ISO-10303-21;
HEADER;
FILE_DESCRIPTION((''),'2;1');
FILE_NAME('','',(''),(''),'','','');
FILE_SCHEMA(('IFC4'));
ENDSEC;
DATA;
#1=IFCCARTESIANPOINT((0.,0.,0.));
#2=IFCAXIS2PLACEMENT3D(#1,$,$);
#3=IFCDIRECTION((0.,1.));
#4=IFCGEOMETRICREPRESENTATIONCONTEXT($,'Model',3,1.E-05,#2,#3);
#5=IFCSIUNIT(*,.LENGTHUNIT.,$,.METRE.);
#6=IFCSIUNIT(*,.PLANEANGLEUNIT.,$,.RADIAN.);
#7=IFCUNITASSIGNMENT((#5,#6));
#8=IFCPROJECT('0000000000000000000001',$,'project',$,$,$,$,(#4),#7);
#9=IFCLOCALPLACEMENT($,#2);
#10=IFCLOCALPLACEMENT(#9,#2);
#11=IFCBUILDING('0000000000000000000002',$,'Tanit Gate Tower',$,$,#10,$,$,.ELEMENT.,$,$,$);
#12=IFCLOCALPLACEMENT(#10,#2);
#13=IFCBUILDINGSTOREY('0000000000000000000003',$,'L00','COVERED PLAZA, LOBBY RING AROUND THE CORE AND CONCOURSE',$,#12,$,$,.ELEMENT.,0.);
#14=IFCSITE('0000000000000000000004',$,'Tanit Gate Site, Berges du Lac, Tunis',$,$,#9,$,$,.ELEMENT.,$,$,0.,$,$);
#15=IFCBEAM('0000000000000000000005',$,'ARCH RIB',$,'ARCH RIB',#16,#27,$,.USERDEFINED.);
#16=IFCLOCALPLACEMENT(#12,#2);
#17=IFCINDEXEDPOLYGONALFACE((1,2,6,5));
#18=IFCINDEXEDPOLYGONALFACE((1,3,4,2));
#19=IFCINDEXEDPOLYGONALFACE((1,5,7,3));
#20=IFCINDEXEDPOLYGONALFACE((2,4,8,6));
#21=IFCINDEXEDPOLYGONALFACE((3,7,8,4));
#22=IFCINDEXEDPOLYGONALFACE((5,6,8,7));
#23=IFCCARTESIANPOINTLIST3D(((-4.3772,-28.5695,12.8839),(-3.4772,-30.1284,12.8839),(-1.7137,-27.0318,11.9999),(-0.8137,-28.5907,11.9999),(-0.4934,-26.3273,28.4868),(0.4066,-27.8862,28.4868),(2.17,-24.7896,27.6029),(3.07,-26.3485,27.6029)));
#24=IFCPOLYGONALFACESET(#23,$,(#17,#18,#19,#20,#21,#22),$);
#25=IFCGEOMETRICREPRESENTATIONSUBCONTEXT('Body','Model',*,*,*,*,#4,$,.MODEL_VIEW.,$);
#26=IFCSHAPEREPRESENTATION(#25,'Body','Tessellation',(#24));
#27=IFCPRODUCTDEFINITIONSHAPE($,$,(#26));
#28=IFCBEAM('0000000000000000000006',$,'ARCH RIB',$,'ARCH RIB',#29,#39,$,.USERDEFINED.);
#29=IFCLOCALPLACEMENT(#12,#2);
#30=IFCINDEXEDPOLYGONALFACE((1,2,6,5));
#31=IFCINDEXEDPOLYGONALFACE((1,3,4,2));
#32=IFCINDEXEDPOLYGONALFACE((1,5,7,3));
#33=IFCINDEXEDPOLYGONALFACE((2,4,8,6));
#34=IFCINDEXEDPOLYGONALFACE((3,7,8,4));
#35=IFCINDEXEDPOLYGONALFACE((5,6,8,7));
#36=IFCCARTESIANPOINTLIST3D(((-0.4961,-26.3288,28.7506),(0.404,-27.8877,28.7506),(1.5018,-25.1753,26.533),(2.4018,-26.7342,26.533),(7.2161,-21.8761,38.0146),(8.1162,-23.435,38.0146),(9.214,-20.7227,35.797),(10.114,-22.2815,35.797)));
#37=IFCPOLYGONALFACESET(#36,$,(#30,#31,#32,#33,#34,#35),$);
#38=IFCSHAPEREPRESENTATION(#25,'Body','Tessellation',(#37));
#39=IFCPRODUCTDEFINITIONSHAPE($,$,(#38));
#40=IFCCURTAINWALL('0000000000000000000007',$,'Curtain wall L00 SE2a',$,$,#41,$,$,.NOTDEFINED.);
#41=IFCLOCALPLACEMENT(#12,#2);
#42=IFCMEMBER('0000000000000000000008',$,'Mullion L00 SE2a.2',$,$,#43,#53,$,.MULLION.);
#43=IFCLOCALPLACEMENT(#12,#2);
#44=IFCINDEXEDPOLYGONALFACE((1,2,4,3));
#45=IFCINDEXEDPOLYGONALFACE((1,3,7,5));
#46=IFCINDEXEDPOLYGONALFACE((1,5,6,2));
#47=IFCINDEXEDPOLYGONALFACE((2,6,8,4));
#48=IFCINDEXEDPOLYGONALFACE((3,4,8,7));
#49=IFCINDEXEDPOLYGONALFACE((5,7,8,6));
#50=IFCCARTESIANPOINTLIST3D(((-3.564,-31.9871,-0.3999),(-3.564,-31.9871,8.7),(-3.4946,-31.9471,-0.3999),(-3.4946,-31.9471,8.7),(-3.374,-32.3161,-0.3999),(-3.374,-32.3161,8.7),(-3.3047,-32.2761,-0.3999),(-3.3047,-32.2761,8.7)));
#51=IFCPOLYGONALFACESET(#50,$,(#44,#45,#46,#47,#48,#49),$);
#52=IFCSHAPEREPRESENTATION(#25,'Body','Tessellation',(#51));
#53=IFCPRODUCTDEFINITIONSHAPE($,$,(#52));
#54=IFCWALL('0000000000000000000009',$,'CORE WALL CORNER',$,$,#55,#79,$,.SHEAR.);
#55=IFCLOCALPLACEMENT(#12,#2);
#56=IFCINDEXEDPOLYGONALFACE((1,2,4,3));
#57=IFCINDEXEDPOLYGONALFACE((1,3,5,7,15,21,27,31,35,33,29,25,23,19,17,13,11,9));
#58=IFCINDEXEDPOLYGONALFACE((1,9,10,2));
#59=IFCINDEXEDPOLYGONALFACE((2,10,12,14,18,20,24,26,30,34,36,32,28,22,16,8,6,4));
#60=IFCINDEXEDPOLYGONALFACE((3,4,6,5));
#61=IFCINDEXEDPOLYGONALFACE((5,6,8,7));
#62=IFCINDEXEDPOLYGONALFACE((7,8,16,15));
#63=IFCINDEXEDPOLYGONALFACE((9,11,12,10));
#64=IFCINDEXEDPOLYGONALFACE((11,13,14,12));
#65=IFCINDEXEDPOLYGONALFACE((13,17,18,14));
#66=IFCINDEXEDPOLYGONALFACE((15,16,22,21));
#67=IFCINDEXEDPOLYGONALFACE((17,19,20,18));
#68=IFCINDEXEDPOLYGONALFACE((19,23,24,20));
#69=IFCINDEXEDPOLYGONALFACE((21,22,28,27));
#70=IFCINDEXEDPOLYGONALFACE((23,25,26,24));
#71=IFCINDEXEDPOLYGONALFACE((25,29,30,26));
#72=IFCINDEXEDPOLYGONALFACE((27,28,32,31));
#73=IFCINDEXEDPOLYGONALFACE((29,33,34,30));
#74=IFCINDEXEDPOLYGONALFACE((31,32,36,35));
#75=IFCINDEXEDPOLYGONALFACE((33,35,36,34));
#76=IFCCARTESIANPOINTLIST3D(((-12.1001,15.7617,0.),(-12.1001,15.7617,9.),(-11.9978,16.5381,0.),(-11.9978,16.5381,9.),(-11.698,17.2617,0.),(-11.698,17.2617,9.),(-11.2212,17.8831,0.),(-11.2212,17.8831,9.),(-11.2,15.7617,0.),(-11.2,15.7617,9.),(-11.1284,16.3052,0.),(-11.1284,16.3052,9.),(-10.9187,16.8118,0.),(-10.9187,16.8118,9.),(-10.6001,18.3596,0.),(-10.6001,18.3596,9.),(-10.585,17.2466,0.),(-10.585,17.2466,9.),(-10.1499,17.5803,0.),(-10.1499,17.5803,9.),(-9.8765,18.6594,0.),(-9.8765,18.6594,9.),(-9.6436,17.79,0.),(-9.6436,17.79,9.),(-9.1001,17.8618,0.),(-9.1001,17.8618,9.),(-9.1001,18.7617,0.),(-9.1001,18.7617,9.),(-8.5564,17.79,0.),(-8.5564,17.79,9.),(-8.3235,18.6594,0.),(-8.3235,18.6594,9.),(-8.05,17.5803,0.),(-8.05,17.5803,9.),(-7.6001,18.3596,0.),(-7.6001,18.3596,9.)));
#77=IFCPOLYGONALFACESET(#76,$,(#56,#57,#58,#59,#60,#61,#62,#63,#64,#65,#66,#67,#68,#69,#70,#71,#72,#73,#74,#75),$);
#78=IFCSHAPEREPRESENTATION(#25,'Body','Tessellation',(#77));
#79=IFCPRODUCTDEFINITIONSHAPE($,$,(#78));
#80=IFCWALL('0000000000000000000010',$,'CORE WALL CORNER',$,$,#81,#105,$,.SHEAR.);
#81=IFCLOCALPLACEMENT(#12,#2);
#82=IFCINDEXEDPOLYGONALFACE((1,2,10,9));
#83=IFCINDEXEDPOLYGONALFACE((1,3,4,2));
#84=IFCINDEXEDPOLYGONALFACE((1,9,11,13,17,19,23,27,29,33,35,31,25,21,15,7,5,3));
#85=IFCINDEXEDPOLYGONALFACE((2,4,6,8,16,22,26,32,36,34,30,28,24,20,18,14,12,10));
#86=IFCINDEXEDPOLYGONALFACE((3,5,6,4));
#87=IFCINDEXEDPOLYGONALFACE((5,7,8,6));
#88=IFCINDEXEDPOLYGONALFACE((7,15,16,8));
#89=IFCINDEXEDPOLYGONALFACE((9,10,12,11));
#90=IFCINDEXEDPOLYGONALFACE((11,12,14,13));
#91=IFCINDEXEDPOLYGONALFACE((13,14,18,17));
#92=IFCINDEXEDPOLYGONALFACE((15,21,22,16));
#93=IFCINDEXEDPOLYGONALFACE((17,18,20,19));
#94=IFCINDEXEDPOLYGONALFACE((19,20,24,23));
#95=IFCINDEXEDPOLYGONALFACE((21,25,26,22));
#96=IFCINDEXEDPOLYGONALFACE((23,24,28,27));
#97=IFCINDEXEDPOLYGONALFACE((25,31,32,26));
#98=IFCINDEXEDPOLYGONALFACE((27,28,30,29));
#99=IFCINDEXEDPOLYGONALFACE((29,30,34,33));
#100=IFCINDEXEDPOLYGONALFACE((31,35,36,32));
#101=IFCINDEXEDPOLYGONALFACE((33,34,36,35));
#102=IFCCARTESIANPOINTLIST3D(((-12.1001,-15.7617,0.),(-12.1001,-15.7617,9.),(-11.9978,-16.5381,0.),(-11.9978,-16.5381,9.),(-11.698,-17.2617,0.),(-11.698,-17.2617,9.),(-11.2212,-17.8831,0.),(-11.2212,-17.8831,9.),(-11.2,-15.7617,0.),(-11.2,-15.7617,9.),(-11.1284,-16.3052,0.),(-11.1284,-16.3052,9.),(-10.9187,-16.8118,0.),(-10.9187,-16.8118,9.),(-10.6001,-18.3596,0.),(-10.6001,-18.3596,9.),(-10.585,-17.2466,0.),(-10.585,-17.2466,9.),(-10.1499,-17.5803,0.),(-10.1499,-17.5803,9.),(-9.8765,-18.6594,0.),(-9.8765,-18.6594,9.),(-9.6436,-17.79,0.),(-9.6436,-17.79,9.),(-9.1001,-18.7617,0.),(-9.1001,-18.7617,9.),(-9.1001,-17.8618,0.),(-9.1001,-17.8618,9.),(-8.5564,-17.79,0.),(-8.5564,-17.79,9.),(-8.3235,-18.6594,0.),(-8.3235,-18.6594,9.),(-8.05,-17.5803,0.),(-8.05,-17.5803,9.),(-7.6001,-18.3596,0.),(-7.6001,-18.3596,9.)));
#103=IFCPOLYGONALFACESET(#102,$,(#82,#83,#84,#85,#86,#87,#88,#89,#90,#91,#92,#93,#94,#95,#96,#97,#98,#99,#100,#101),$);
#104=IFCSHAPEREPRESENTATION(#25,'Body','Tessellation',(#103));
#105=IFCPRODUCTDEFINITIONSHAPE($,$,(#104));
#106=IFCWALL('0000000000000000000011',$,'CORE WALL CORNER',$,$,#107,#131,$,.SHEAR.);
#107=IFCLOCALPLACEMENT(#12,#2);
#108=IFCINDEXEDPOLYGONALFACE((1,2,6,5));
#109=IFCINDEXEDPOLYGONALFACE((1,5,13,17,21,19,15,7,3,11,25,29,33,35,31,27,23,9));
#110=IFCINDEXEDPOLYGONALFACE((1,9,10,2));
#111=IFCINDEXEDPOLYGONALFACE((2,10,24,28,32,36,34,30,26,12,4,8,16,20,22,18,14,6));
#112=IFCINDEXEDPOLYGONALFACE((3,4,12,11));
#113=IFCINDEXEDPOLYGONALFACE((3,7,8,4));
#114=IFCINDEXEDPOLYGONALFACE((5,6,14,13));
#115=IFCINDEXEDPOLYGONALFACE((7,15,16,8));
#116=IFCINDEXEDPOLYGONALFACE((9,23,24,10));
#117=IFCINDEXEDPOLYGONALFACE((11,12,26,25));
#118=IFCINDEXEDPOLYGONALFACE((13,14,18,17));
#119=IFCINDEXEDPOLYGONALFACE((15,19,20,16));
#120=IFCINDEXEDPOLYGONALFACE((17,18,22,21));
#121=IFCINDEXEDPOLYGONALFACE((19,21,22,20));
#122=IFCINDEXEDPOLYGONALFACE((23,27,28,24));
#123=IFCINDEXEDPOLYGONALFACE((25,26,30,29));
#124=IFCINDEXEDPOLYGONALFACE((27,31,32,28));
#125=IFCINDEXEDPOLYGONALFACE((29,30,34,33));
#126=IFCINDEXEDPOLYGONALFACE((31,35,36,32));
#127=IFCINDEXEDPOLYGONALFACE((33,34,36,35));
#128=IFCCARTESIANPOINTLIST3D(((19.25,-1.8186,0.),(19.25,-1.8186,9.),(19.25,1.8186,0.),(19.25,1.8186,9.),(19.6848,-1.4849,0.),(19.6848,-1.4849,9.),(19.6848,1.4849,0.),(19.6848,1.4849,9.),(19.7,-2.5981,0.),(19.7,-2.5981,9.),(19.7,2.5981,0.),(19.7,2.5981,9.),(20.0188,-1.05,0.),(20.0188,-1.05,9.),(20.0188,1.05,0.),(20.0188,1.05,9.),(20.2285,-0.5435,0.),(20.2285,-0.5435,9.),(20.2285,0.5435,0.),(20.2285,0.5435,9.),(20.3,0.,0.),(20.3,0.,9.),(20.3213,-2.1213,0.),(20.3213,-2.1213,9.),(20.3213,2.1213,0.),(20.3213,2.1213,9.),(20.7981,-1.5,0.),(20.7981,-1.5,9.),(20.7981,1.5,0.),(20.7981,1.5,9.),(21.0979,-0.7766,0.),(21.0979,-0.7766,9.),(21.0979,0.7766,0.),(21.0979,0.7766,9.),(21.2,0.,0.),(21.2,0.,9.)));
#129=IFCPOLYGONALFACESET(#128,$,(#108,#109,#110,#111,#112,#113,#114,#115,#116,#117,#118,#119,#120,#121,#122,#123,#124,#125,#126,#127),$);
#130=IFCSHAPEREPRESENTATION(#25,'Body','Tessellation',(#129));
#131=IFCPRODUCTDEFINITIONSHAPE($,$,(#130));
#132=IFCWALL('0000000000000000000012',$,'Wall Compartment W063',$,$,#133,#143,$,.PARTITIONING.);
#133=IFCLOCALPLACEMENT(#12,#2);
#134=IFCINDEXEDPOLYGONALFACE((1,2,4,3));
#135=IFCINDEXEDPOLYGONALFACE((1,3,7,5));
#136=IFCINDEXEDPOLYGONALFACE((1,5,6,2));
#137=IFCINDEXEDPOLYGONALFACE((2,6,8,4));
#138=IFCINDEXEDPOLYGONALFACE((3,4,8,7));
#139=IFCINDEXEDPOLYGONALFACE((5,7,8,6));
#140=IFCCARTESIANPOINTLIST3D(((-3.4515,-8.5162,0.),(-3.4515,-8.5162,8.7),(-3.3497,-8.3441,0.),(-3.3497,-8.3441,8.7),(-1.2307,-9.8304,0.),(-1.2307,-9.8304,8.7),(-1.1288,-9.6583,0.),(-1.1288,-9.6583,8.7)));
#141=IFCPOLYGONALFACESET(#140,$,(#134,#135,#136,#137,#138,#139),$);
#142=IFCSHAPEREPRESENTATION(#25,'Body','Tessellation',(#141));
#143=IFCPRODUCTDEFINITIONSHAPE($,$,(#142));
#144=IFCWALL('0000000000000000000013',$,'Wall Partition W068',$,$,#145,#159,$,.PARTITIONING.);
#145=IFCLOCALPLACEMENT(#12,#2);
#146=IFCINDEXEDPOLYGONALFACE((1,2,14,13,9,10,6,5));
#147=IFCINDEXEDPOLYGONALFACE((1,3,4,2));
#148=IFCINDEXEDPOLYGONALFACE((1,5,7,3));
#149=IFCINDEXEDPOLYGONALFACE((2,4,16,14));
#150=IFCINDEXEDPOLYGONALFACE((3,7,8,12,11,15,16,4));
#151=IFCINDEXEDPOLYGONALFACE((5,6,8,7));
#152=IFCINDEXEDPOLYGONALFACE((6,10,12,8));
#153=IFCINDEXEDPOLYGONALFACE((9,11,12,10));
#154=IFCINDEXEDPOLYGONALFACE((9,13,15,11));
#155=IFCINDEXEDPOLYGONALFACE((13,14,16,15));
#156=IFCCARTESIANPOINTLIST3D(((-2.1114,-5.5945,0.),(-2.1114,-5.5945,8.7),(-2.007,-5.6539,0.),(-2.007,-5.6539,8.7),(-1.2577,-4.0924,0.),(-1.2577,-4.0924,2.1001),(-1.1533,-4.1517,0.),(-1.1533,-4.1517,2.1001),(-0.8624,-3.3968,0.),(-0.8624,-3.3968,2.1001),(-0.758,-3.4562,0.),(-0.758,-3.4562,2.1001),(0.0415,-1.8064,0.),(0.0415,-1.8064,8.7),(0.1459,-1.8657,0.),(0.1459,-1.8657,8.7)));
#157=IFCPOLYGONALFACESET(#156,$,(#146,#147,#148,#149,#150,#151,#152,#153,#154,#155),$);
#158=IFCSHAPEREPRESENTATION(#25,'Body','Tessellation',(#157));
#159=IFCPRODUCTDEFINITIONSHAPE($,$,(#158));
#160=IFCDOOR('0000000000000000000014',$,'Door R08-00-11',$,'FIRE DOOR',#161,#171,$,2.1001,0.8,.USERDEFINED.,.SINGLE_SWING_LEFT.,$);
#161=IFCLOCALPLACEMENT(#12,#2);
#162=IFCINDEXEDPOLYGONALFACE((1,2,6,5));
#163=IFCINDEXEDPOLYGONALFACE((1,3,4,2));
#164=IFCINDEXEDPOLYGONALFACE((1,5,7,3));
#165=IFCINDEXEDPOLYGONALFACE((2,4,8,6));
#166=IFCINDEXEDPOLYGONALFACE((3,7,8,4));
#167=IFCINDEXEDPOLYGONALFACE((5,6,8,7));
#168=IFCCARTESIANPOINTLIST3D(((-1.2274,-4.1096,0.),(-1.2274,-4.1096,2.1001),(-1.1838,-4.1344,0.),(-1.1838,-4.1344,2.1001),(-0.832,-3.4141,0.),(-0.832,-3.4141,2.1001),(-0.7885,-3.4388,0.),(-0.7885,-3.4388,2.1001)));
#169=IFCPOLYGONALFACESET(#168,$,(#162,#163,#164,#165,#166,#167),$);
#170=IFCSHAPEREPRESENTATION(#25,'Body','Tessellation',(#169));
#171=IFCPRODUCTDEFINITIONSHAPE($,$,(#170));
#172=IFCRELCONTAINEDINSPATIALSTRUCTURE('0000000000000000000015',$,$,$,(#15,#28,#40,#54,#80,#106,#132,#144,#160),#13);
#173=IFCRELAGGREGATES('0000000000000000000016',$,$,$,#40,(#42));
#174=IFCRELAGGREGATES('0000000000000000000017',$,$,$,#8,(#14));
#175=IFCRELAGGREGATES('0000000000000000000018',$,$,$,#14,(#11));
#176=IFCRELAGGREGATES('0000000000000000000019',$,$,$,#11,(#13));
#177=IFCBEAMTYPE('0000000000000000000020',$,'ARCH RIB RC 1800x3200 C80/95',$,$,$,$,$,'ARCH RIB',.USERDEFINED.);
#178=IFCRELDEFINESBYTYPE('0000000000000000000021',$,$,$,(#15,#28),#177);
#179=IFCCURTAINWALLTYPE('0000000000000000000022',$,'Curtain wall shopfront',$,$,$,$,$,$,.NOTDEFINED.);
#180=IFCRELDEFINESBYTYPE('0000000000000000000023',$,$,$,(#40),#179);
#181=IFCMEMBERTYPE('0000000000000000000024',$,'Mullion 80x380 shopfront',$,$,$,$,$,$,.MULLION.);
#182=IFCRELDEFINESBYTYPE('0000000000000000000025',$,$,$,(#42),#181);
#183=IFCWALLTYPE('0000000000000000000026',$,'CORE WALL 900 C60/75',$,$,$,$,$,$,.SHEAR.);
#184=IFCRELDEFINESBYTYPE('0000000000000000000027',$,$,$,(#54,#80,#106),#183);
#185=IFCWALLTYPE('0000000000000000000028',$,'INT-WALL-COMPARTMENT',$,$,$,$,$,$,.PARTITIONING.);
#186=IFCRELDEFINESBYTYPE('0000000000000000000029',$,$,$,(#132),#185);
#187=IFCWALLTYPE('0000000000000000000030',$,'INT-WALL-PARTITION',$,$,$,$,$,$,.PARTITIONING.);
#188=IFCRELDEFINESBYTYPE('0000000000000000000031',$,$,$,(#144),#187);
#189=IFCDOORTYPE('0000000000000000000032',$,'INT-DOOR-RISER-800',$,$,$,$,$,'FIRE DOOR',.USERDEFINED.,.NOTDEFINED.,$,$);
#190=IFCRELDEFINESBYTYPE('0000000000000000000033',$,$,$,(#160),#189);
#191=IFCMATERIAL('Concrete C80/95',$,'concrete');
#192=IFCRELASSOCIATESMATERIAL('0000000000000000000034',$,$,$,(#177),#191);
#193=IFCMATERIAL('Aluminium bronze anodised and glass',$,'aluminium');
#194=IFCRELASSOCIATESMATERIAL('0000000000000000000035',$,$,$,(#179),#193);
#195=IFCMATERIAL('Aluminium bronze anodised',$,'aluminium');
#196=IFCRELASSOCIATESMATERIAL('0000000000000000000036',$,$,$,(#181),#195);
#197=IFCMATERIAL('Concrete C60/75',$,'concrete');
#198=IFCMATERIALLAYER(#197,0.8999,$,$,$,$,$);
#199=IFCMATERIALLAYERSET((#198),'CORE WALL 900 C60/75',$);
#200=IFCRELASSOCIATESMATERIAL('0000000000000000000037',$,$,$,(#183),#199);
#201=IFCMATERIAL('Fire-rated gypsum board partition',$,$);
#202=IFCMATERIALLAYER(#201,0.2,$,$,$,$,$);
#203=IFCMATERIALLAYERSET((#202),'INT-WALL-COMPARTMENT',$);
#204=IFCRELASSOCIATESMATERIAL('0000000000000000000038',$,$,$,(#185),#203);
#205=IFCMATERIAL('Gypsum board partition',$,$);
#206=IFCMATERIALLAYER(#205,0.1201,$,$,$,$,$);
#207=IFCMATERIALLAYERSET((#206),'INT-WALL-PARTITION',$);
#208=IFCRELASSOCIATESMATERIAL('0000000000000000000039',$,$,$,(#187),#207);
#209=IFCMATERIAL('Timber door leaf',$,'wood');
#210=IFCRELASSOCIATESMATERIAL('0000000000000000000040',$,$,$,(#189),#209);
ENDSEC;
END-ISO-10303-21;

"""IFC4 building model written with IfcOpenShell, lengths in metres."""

from ifc_helpers import new_model, si_unit, direction, frame, frame_2d, origin, origin_2d, place, context, subcontext, project, spatial, polyline, rectangle, outline, extrude, material, layer, layer_set, material_profile, profile_set, type_object, element, fill, aggregate, save


model = new_model("IFC4")

# Units and contexts
model_context = context("Model", 3, precision=1e-05, world=origin(), true_north=direction((0.0, 1.0)))
body_context = subcontext(model_context, "Body", "Model", "MODEL_VIEW")
ifc_project = project(units=[si_unit("LENGTHUNIT", "METRE"), si_unit("PLANEANGLEUNIT", "RADIAN")], contexts=[model_context])

# Site, building, storey
site_placement = place(None, origin())
site = spatial("IfcSite", under=ifc_project, at=site_placement, Name="Tanit Gate Site, Berges du Lac, Tunis", CompositionType="ELEMENT", RefElevation=0.0)
building_placement = place(site_placement, origin())
building = spatial("IfcBuilding", under=site, at=building_placement, Name="Tanit Gate Tower", CompositionType="ELEMENT")
storey_placement = place(building_placement, origin())
storey = spatial("IfcBuildingStorey", under=building, at=storey_placement, Name="L00", Description="COVERED PLAZA, LOBBY RING AROUND THE CORE AND CONCOURSE", CompositionType="ELEMENT", Elevation=0.0)

# Beams
ifc_material_1 = material(Name="Concrete C80/95", Category="concrete")
ifc_material_profile_1 = material_profile(ifc_material_1, rectangle(XDim=1.8, YDim=3.2, at=origin_2d()), Name="RC 1800x3200")
ifc_profile_set_1 = profile_set([ifc_material_profile_1], Name="Concrete C80/95")
beam_type = type_object("IfcBeamType", Name="ARCH RIB RC 1800x3200 C80/95", ElementType="ARCH RIB", PredefinedType="USERDEFINED", material=ifc_profile_set_1)
beam_1_placement = place(storey_placement, frame((-2.5955, -28.5801, 12.4419), z_axis=(0.239228, 0.138111, 0.961091), x_axis=(-0.49998, 0.866037, 0.0)))
element("IfcBeam", 1, at=beam_1_placement, inside=storey, type_object=beam_type, Name="ARCH RIB", ObjectType="ARCH RIB", PredefinedType="USERDEFINED", context=body_context, shape_type="SweptSolid", body=[
    extrude(rectangle(XDim=1.8, YDim=3.2, at=origin_2d()), origin(), (0.0, 0.0, 1.0), 16.2346),
])
beam_2_placement = place(storey_placement, frame((0.9529, -26.5315, 27.6418), z_axis=(0.600166, 0.346508, 0.720925), x_axis=(-0.500002, 0.866024, 0.0)))
element("IfcBeam", 2, at=beam_2_placement, inside=storey, type_object=beam_type, Name="ARCH RIB", ObjectType="ARCH RIB", PredefinedType="USERDEFINED", context=body_context, shape_type="SweptSolid", body=[
    extrude(rectangle(XDim=1.8, YDim=3.2, at=origin_2d()), origin(), (0.0, 0.0, 1.0), 12.8501),
])

# Curtain wall, member
ifc_material_2 = material(Name="Aluminium bronze anodised and glass", Category="aluminium")
curtain_wall_type = type_object("IfcCurtainWallType", Name="Curtain wall shopfront", PredefinedType="NOTDEFINED", material=ifc_material_2)
curtain_wall_placement = place(storey_placement, origin())
curtain_wall = element("IfcCurtainWall", 3, at=curtain_wall_placement, inside=storey, type_object=curtain_wall_type, Name="Curtain wall L00 SE2a", PredefinedType="NOTDEFINED")
ifc_material_3 = material(Name="Aluminium bronze anodised", Category="aluminium")
ifc_material_profile_2 = material_profile(ifc_material_3, rectangle(XDim=0.3799, YDim=0.0801, at=origin_2d()), Name="80x380 bronze mullion")
ifc_profile_set_2 = profile_set([ifc_material_profile_2], Name="Aluminium bronze anodised")
member_type = type_object("IfcMemberType", Name="Mullion 80x380 shopfront", PredefinedType="MULLION", material=ifc_profile_set_2)
member_placement = place(storey_placement, frame((-3.4343, -32.1316, -0.3999), z_axis=(0.0, 0.0, 1.0), x_axis=(-0.50006, 0.865991, 0.0)))
member = element("IfcMember", 4, at=member_placement, type_object=member_type, Name="Mullion L00 SE2a.2", PredefinedType="MULLION", context=body_context, shape_type="SweptSolid", body=[
    extrude(rectangle(XDim=0.3799, YDim=0.0801, at=origin_2d()), origin(), (0.0, 0.0, 1.0), 9.0999),
])
aggregate(curtain_wall, [member])

# Walls
ifc_material_4 = material(Name="Concrete C60/75", Category="concrete")
ifc_layer_1 = layer(ifc_material_4, 0.8999)
ifc_layer_set_1 = layer_set([ifc_layer_1], Name="CORE WALL 900 C60/75")
wall_type_1 = type_object("IfcWallType", Name="CORE WALL 900 C60/75", PredefinedType="SHEAR", material=ifc_layer_set_1)
wall_1_placement = place(storey_placement, origin())
element("IfcWall", 5, at=wall_1_placement, inside=storey, type_object=wall_type_1, Name="CORE WALL CORNER", PredefinedType="SHEAR", context=body_context, shape_type="SweptSolid", body=[
    extrude(outline(polyline([(-7.6001, 18.3596), (-8.3235, 18.6594), (-9.1001, 18.7617), (-9.8765, 18.6594), (-10.6001, 18.3596), (-11.2212, 17.8831), (-11.698, 17.2617), (-11.9978, 16.5381), (-12.1001, 15.7617), (-11.2, 15.7617), (-11.1284, 16.3052), (-10.9187, 16.8118), (-10.585, 17.2466), (-10.1499, 17.5803), (-9.6436, 17.79), (-9.1001, 17.8618), (-8.5564, 17.79), (-8.05, 17.5803), (-7.6001, 18.3596)])), origin(), (0.0, 0.0, 1.0), 9.0),
])
wall_2_placement = place(storey_placement, origin())
element("IfcWall", 6, at=wall_2_placement, inside=storey, type_object=wall_type_1, Name="CORE WALL CORNER", PredefinedType="SHEAR", context=body_context, shape_type="SweptSolid", body=[
    extrude(outline(polyline([(-12.1001, -15.7617), (-11.9978, -16.5381), (-11.698, -17.2617), (-11.2212, -17.8831), (-10.6001, -18.3596), (-9.8765, -18.6594), (-9.1001, -18.7617), (-8.3235, -18.6594), (-7.6001, -18.3596), (-8.05, -17.5803), (-8.5564, -17.79), (-9.1001, -17.8618), (-9.6436, -17.79), (-10.1499, -17.5803), (-10.585, -17.2466), (-10.9187, -16.8118), (-11.1284, -16.3052), (-11.2, -15.7617), (-12.1001, -15.7617)])), origin(), (0.0, 0.0, 1.0), 9.0),
])
wall_3_placement = place(storey_placement, origin())
element("IfcWall", 7, at=wall_3_placement, inside=storey, type_object=wall_type_1, Name="CORE WALL CORNER", PredefinedType="SHEAR", context=body_context, shape_type="SweptSolid", body=[
    extrude(outline(polyline([(19.7, -2.5981), (20.3213, -2.1213), (20.7981, -1.5), (21.0979, -0.7766), (21.2, 0.0), (21.0979, 0.7766), (20.7981, 1.5), (20.3213, 2.1213), (19.7, 2.5981), (19.25, 1.8186), (19.6848, 1.4849), (20.0188, 1.05), (20.2285, 0.5435), (20.3, 0.0), (20.2285, -0.5435), (20.0188, -1.05), (19.6848, -1.4849), (19.25, -1.8186), (19.7, -2.5981)])), origin(), (0.0, 0.0, 1.0), 9.0),
])
ifc_material_5 = material(Name="Fire-rated gypsum board partition")
ifc_layer_2 = layer(ifc_material_5, 0.2)
ifc_layer_set_2 = layer_set([ifc_layer_2], Name="INT-WALL-COMPARTMENT")
wall_type_2 = type_object("IfcWallType", Name="INT-WALL-COMPARTMENT", PredefinedType="PARTITIONING", material=ifc_layer_set_2)
wall_4_placement = place(storey_placement, frame((-3.4006, -8.4302, 0.0), z_axis=(0.0, 0.0, 1.0), x_axis=(0.860616, -0.509255, 0.0)))
element("IfcWall", 8, at=wall_4_placement, inside=storey, type_object=wall_type_2, Name="Wall Compartment W063", PredefinedType="PARTITIONING", context=body_context, shape_type="SweptSolid", body=[
    extrude(rectangle(XDim=2.5806, YDim=0.2, at=frame_2d((1.2903, 0.0))), origin(), (0.0, 0.0, 1.0), 8.7),
])

# Wall, opening, door
ifc_material_6 = material(Name="Gypsum board partition")
ifc_layer_3 = layer(ifc_material_6, 0.1201)
ifc_layer_set_3 = layer_set([ifc_layer_3], Name="INT-WALL-PARTITION")
wall_type_3 = type_object("IfcWallType", Name="INT-WALL-PARTITION", PredefinedType="PARTITIONING", material=ifc_layer_set_3)
wall_5_placement = place(storey_placement, frame((0.0938, -1.8359, 0.0), z_axis=(0.0, 0.0, 1.0), x_axis=(-0.494098, -0.869406, 0.0)))
wall_5 = element("IfcWall", 9, at=wall_5_placement, inside=storey, type_object=wall_type_3, Name="Wall Partition W068", PredefinedType="PARTITIONING", context=body_context, shape_type="SweptSolid", body=[
    extrude(rectangle(XDim=4.3572, YDim=0.1201, at=frame_2d((2.1787, 0.0))), origin(), (0.0, 0.0, 1.0), 8.7),
])
opening_1_placement = place(wall_5_placement, frame((1.8296, 0.0, 0.0)))
opening_1 = element("IfcOpeningElement", 10, at=opening_1_placement, cuts=wall_5, PredefinedType="OPENING", context=body_context, shape_type="SweptSolid", body=[
    extrude(rectangle(XDim=0.8, YDim=2.1001, at=frame_2d((0.3999, 1.05))), frame((0.0, 0.0701, 0.0), z_axis=(0.0, -1.0, 0.0), x_axis=(1.0, 0.0, 0.0)), (0.0, 0.0, 1.0), 0.1401),
])
ifc_material_7 = material(Name="Timber door leaf", Category="wood")
door_type = type_object("IfcDoorType", Name="INT-DOOR-RISER-800", ElementType="FIRE DOOR", OperationType="NOTDEFINED", PredefinedType="USERDEFINED", material=ifc_material_7)
door_1_placement = place(opening_1_placement, origin())
door_1 = element("IfcDoor", 11, at=door_1_placement, inside=storey, type_object=door_type, Name="Door R08-00-11", ObjectType="FIRE DOOR", OperationType="SINGLE_SWING_LEFT", OverallHeight=2.1001, OverallWidth=0.8, PredefinedType="USERDEFINED", context=body_context, shape_type="SweptSolid", body=[
    extrude(rectangle(XDim=0.8, YDim=2.1001, at=frame_2d((0.3999, 1.05))), frame((0.0, 0.0249, 0.0), z_axis=(0.0, -1.0, 0.0), x_axis=(1.0, 0.0, 0.0)), (0.0, 0.0, 1.0), 0.05),
])
fill(opening_1, door_1)

save(model, "model.ifc")
